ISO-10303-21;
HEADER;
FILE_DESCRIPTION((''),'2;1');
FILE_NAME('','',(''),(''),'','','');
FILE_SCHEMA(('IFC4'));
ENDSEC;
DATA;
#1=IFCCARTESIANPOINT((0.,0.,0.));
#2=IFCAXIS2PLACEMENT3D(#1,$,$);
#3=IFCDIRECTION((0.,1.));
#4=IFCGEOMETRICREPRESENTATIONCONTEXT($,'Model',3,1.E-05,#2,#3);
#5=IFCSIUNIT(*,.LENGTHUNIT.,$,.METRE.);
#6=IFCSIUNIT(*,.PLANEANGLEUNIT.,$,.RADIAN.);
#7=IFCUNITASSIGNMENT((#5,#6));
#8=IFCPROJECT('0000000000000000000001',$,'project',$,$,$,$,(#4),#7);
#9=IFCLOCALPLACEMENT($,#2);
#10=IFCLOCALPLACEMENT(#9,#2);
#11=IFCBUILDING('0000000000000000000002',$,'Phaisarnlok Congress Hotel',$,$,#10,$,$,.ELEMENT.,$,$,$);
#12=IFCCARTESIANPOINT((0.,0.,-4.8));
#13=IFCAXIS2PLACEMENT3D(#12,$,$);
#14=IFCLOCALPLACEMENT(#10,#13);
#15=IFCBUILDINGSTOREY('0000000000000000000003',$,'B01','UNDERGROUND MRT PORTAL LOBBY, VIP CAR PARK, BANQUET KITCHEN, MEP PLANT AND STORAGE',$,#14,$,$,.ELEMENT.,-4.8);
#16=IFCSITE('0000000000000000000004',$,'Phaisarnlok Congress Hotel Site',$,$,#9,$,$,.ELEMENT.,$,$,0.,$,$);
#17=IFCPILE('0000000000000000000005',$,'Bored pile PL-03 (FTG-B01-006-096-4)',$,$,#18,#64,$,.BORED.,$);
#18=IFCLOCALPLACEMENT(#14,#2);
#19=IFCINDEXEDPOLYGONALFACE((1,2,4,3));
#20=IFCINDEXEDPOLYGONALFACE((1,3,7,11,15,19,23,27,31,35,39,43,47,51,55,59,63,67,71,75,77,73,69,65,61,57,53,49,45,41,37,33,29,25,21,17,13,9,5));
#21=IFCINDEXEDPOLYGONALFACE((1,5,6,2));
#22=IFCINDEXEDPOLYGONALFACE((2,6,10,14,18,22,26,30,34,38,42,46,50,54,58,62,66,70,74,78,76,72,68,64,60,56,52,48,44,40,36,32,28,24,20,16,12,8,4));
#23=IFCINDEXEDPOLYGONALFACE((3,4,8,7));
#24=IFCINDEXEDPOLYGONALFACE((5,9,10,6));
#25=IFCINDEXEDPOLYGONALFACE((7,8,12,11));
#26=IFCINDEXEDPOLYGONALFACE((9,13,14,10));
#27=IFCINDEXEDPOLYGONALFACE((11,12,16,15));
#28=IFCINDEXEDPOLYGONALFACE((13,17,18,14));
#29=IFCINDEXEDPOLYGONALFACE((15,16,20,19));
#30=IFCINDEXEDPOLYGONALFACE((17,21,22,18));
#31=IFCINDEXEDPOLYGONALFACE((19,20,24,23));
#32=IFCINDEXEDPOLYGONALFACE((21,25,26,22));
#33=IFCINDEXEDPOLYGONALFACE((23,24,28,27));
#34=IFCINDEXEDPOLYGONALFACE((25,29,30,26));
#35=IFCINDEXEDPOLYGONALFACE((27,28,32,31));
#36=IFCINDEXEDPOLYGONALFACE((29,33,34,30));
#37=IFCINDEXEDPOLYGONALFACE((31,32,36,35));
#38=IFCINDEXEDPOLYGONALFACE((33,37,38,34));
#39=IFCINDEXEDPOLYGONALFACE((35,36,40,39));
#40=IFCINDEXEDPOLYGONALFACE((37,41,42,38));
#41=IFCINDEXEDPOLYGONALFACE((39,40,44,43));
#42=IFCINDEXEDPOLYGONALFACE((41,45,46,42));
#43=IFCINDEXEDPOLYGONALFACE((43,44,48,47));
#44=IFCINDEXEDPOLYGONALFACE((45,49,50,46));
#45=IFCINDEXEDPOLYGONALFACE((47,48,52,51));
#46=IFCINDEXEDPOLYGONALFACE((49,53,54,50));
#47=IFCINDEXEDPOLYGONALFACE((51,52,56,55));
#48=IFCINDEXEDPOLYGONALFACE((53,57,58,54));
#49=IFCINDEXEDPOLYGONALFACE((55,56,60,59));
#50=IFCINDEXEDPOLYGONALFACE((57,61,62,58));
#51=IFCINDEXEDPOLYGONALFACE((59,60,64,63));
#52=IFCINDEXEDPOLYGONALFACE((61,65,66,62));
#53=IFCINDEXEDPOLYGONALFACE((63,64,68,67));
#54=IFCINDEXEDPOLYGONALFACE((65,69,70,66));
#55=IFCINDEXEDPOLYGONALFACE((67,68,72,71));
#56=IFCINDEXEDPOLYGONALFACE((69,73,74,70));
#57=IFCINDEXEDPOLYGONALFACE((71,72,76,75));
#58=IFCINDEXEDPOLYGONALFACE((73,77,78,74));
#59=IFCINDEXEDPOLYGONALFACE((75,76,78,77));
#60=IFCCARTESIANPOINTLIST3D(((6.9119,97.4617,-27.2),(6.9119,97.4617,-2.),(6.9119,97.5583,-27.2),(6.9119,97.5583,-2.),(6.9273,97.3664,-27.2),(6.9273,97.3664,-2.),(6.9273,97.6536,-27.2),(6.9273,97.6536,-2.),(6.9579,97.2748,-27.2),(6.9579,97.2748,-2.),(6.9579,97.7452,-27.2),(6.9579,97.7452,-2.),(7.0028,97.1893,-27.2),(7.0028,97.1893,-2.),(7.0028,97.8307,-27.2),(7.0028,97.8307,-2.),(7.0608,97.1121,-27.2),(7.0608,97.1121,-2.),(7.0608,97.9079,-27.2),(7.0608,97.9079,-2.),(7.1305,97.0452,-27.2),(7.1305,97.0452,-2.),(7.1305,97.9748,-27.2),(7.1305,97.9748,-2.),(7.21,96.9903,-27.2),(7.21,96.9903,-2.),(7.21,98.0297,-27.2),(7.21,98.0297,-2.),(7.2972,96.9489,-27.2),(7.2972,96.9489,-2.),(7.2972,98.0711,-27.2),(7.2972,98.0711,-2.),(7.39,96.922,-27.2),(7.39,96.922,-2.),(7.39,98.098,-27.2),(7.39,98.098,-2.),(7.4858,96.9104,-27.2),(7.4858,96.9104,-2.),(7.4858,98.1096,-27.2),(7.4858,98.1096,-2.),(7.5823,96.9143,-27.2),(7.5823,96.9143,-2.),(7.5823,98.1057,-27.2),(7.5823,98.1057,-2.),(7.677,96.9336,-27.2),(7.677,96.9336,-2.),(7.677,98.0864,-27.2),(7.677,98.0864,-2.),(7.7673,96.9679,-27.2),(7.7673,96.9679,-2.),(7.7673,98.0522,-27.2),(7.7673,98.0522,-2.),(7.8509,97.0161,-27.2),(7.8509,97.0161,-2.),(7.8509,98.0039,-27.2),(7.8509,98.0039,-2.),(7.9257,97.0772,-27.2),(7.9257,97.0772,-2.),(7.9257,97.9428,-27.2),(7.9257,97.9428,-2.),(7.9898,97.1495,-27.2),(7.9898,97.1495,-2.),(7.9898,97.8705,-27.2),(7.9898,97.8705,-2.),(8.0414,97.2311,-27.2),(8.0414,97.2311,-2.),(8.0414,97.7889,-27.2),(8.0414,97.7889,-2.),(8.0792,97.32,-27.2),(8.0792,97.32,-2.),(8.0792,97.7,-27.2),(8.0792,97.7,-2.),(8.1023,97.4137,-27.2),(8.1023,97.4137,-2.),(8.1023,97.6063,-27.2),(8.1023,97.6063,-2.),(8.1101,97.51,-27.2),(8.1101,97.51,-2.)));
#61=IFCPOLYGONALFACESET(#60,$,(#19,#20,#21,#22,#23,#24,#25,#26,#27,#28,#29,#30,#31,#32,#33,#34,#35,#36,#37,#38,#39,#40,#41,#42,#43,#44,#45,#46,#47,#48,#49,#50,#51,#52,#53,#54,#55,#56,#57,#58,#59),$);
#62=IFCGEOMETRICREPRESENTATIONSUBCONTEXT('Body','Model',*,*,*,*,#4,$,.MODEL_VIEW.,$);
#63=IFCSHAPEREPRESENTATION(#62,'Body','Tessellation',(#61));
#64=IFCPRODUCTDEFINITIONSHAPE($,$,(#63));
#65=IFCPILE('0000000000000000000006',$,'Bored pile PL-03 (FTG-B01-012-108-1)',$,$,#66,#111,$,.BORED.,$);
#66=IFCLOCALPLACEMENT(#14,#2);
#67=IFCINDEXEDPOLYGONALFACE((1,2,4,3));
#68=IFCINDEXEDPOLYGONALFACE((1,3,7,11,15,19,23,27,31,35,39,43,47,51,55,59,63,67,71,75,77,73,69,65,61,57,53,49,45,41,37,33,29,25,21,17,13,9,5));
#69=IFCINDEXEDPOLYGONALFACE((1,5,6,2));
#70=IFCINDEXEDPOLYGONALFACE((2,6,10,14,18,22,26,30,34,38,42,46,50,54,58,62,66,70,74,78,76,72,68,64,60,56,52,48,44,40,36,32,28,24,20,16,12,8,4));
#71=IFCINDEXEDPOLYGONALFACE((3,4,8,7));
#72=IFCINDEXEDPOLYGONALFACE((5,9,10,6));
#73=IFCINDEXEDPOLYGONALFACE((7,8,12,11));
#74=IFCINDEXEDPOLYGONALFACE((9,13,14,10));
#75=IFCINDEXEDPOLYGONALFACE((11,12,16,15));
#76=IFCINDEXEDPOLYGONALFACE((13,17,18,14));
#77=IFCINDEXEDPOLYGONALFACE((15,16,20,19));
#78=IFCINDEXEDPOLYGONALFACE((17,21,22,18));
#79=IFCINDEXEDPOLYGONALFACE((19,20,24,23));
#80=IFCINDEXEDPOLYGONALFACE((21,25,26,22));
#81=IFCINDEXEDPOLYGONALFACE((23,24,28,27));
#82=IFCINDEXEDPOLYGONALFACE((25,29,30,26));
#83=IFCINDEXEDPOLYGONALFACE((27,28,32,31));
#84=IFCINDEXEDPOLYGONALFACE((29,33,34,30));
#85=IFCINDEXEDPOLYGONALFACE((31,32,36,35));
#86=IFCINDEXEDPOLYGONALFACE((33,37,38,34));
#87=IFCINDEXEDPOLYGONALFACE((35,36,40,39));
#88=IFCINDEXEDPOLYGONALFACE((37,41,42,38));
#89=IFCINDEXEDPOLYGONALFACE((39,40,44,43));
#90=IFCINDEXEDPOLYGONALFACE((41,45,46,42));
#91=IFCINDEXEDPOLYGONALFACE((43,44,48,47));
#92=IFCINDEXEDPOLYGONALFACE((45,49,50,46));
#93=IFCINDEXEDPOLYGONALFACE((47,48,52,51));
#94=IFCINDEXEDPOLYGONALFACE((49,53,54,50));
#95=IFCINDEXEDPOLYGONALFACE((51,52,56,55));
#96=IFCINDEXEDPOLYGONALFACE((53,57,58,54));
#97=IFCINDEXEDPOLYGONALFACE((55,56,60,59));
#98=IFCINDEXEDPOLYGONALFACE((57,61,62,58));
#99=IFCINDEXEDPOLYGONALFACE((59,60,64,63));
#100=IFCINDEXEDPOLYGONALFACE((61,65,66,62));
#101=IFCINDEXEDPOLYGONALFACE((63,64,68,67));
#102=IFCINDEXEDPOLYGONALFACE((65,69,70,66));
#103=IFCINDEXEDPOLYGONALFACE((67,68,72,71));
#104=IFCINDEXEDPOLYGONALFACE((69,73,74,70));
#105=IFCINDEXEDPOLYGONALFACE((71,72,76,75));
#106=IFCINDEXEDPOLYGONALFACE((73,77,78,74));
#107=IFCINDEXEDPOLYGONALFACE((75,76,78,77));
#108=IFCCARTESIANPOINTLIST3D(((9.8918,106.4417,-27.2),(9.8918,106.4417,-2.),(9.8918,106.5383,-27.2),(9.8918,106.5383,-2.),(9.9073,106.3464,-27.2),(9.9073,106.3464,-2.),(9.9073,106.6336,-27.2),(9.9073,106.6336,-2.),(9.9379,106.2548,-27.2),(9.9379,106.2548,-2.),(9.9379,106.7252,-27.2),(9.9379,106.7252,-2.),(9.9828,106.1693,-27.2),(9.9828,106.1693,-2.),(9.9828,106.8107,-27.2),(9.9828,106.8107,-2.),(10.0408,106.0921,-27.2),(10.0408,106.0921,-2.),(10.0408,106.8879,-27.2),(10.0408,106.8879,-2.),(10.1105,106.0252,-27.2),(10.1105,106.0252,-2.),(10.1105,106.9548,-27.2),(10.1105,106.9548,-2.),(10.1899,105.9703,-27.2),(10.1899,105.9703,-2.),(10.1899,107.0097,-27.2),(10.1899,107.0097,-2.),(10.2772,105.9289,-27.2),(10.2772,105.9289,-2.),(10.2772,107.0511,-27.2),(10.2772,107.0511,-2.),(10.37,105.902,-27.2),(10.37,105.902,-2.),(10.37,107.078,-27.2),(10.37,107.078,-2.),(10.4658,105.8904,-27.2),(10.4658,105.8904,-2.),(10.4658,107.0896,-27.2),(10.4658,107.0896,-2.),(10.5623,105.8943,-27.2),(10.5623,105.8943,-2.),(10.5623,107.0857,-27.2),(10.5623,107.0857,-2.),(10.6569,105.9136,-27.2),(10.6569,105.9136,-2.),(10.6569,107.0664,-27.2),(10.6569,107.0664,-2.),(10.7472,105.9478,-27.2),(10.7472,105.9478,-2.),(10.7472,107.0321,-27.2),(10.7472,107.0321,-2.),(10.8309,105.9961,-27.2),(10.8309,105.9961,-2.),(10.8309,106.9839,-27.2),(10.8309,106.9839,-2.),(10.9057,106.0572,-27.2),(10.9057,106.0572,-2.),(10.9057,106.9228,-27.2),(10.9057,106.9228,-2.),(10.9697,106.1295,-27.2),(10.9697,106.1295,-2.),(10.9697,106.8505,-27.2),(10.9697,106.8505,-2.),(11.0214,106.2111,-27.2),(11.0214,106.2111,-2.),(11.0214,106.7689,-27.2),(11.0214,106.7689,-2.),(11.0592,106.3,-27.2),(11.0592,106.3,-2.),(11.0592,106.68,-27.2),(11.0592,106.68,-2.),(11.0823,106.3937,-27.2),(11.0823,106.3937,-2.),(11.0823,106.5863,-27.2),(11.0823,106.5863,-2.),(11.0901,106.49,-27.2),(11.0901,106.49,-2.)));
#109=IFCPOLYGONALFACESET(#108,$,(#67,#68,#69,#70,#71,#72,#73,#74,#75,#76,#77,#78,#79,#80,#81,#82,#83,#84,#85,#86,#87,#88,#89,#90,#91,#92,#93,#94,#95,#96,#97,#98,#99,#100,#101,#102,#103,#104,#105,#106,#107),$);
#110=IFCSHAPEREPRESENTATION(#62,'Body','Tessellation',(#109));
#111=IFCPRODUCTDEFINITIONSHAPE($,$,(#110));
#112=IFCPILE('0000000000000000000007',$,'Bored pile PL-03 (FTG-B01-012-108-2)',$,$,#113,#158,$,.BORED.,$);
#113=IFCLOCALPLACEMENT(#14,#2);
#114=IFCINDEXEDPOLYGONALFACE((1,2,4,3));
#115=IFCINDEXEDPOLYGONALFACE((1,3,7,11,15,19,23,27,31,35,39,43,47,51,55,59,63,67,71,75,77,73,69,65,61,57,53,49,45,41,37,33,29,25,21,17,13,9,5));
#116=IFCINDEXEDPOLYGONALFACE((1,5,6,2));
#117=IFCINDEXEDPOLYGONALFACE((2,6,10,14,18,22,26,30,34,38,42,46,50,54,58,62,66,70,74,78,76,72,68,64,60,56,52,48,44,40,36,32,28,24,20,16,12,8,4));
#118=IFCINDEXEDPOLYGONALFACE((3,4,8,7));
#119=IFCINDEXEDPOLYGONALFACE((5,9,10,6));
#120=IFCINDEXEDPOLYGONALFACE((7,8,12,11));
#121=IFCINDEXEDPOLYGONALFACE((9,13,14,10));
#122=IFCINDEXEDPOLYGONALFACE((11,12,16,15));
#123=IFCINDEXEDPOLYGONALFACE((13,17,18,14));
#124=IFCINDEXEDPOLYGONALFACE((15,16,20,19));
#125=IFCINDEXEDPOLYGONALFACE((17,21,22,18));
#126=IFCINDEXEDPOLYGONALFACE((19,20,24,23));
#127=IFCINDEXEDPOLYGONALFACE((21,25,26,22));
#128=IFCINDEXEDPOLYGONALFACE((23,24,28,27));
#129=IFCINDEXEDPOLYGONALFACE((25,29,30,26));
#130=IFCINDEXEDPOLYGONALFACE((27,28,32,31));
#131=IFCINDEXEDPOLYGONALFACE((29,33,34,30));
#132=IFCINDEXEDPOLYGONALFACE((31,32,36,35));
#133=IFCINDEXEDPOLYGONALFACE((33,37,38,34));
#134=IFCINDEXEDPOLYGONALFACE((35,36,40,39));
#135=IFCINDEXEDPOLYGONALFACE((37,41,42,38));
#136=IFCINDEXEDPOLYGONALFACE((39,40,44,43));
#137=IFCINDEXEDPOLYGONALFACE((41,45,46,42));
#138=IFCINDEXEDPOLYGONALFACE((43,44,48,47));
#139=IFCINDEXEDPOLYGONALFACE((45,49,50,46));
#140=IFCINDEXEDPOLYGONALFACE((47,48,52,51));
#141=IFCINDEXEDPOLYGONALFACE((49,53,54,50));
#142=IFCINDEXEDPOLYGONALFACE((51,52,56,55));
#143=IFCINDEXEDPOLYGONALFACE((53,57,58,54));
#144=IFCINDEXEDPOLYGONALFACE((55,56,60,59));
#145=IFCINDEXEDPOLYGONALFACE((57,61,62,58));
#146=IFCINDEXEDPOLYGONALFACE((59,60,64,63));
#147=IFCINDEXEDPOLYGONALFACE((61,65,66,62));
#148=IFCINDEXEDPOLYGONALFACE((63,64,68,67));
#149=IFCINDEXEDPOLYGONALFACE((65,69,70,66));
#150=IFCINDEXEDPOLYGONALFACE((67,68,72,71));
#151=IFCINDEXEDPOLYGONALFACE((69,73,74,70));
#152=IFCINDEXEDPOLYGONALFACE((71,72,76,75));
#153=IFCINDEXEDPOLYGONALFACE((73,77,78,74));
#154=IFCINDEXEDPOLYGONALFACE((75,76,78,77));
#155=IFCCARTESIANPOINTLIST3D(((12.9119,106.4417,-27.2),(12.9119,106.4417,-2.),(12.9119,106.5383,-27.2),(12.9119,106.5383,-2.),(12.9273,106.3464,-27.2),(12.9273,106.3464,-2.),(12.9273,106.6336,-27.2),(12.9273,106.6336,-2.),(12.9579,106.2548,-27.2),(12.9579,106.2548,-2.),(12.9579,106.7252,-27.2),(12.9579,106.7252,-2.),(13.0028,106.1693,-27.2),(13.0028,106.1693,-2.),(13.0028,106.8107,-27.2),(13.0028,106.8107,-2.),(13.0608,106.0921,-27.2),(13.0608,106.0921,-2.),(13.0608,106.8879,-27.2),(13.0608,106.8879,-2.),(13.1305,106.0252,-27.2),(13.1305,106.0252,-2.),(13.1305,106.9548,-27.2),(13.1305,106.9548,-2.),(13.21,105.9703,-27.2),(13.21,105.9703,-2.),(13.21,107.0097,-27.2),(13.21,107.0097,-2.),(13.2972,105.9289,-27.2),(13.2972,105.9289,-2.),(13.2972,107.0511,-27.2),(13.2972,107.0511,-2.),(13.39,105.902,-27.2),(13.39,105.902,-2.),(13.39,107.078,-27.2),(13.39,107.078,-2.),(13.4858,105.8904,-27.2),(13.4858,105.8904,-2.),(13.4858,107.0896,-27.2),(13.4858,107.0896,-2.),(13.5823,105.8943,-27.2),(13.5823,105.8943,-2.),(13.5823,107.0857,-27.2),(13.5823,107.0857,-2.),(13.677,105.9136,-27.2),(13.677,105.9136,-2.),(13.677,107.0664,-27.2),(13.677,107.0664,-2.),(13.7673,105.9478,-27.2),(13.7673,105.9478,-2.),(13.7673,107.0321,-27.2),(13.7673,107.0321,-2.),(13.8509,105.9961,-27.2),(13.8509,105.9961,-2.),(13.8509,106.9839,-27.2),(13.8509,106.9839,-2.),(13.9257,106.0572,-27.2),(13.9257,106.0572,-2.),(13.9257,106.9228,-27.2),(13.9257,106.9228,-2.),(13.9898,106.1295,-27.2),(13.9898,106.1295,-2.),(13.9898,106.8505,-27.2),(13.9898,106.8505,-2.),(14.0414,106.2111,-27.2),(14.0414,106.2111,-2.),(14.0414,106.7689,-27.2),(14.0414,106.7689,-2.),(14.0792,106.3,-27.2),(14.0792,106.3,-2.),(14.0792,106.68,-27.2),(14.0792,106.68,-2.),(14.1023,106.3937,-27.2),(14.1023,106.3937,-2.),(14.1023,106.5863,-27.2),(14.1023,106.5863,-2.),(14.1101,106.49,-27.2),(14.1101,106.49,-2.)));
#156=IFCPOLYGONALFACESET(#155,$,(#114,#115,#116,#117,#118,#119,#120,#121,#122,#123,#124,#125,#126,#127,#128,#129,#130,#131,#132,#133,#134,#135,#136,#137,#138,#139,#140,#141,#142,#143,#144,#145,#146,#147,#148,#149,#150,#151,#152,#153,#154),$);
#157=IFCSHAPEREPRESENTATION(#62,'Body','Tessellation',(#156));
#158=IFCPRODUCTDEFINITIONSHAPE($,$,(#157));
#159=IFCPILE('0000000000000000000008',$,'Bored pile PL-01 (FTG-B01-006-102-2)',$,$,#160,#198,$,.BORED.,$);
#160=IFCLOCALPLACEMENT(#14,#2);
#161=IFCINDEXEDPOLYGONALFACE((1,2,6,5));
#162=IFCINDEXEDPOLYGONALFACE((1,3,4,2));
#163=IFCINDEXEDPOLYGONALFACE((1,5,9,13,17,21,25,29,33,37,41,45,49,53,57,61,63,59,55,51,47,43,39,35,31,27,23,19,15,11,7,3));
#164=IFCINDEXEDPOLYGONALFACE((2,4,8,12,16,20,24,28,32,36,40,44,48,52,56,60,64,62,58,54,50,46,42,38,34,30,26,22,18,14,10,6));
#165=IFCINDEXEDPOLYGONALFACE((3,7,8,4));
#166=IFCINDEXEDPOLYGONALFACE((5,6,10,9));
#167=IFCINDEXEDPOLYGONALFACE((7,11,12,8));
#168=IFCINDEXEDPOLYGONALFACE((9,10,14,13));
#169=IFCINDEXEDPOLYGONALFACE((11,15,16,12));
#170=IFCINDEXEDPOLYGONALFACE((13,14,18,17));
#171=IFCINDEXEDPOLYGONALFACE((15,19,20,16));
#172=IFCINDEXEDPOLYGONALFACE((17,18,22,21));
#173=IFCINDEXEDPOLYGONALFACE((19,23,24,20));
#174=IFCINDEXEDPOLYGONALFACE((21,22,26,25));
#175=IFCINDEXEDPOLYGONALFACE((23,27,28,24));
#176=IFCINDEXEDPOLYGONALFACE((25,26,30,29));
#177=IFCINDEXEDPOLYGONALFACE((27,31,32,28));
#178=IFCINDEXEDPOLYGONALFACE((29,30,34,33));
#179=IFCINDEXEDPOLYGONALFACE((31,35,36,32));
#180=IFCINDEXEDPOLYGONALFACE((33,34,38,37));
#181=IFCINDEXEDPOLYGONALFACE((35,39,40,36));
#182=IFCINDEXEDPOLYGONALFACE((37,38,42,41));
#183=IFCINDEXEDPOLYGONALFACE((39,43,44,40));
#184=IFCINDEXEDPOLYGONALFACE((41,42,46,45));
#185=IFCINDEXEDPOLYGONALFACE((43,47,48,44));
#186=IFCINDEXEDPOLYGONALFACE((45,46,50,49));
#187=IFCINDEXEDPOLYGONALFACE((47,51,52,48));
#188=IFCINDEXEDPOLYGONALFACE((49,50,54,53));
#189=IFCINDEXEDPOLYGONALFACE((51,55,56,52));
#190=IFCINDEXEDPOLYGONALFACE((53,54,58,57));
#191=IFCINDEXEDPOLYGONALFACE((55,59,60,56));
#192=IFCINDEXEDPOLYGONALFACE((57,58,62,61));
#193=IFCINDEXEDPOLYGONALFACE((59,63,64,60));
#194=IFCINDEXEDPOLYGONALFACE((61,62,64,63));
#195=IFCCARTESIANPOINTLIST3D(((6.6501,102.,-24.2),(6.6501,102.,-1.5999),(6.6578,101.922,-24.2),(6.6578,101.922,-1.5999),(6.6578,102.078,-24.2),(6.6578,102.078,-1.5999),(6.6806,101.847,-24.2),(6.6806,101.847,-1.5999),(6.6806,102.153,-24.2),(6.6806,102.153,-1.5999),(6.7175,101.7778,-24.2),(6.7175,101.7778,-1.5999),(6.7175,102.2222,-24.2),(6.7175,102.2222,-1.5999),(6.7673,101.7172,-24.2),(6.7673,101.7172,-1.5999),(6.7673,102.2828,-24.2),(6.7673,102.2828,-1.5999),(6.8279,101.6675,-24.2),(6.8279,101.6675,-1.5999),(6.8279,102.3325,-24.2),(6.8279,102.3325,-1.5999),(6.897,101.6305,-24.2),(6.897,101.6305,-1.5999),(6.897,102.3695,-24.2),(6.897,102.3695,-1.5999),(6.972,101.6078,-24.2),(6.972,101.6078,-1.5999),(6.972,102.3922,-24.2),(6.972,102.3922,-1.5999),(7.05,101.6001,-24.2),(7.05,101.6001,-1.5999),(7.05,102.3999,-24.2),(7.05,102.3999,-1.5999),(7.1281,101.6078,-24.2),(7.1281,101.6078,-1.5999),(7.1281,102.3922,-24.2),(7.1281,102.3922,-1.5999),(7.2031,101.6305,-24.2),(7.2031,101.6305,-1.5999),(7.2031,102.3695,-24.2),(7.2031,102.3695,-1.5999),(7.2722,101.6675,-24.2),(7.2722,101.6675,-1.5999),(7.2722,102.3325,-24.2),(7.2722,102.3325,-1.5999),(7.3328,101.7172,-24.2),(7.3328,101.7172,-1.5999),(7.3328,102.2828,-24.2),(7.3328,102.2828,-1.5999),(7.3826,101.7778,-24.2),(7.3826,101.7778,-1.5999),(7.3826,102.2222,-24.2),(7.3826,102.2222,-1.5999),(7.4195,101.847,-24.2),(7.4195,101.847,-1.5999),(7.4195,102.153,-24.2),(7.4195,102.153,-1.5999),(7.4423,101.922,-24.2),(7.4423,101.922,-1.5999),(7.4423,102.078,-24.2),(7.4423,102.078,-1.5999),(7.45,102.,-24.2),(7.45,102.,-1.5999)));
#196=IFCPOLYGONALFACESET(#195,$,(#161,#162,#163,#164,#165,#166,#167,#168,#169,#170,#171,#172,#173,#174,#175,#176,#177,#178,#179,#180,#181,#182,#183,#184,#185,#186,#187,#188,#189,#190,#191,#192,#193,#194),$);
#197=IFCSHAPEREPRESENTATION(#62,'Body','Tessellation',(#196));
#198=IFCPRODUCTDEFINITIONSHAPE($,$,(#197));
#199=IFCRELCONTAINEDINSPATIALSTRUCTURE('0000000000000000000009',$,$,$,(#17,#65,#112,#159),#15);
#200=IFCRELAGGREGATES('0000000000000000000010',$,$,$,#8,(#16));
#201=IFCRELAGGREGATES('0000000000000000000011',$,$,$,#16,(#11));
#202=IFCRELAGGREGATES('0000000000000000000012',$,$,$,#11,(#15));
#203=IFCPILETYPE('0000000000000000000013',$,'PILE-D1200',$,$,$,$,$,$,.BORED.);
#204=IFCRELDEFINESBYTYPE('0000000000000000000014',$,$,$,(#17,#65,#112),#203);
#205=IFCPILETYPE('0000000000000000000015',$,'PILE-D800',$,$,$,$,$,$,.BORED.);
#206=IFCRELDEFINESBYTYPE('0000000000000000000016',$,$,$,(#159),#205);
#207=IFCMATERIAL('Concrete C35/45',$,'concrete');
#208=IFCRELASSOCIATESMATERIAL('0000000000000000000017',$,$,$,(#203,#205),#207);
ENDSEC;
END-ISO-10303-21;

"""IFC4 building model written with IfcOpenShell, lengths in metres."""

from ifc_helpers import new_model, si_unit, direction, frame, origin, origin_2d, place, context, subcontext, project, spatial, circle, extrude, material, material_profile, profile_set, type_object, element, save


model = new_model("IFC4")

# Units and contexts
model_context = context("Model", 3, precision=1e-05, world=origin(), true_north=direction((0.0, 1.0)))
body_context = subcontext(model_context, "Body", "Model", "MODEL_VIEW")
ifc_project = project(units=[si_unit("LENGTHUNIT", "METRE"), si_unit("PLANEANGLEUNIT", "RADIAN")], contexts=[model_context])

# Site, building, storey
site_placement = place(None, origin())
site = spatial("IfcSite", under=ifc_project, at=site_placement, Name="Phaisarnlok Congress Hotel Site", CompositionType="ELEMENT", RefElevation=0.0)
building_placement = place(site_placement, origin())
building = spatial("IfcBuilding", under=site, at=building_placement, Name="Phaisarnlok Congress Hotel", CompositionType="ELEMENT")
storey_placement = place(building_placement, frame((0.0, 0.0, -4.8)))
storey = spatial("IfcBuildingStorey", under=building, at=storey_placement, Name="B01", Description="UNDERGROUND MRT PORTAL LOBBY, VIP CAR PARK, BANQUET KITCHEN, MEP PLANT AND STORAGE", CompositionType="ELEMENT", Elevation=-4.8)

# Piles
ifc_material_1 = material(Name="Concrete C35/45", Category="concrete")
ifc_material_profile_1 = material_profile(ifc_material_1, circle(Radius=0.6001, at=origin_2d()), Name="BORED PILE D1200")
ifc_profile_set_1 = profile_set([ifc_material_profile_1], Name="Concrete C35/45")
pile_type_1 = type_object("IfcPileType", Name="PILE-D1200", PredefinedType="BORED", material=ifc_profile_set_1)
for number, where, z_axis, x_axis, name in (
    (1, (7.51, 97.51, -2.0), (0.0, 0.0, -1.0), (1.0, 0.0, 0.0), "Bored pile PL-03 (FTG-B01-006-096-4)"),
    (2, (10.49, 106.49, -2.0), (0.0, 0.0, -1.0), (1.0, 0.0, 0.0), "Bored pile PL-03 (FTG-B01-012-108-1)"),
    (3, (13.51, 106.49, -2.0), (0.0, 0.0, -1.0), (1.0, 0.0, 0.0), "Bored pile PL-03 (FTG-B01-012-108-2)"),
):
    element("IfcPile", number, at=place(storey_placement, frame(where, z_axis=z_axis, x_axis=x_axis)), inside=storey, type_object=pile_type_1, Name=name, PredefinedType="BORED", context=body_context, shape_type="SweptSolid", body=[
        extrude(circle(Radius=0.6001, at=origin_2d()), origin(), (0.0, 0.0, 1.0), 25.2),
    ])
ifc_material_profile_2 = material_profile(ifc_material_1, circle(Radius=0.3999, at=origin_2d()), Name="BORED PILE D800")
ifc_profile_set_2 = profile_set([ifc_material_profile_2], Name="Concrete C35/45")
pile_type_2 = type_object("IfcPileType", Name="PILE-D800", PredefinedType="BORED", material=ifc_profile_set_2)
pile_1_placement = place(storey_placement, frame((7.05, 102.0, -1.5999), z_axis=(0.0, 0.0, -1.0), x_axis=(1.0, 0.0, 0.0)))
element("IfcPile", 4, at=pile_1_placement, inside=storey, type_object=pile_type_2, Name="Bored pile PL-01 (FTG-B01-006-102-2)", PredefinedType="BORED", context=body_context, shape_type="SweptSolid", body=[
    extrude(circle(Radius=0.3999, at=origin_2d()), origin(), (0.0, 0.0, 1.0), 22.6001),
])

save(model, "model.ifc")
